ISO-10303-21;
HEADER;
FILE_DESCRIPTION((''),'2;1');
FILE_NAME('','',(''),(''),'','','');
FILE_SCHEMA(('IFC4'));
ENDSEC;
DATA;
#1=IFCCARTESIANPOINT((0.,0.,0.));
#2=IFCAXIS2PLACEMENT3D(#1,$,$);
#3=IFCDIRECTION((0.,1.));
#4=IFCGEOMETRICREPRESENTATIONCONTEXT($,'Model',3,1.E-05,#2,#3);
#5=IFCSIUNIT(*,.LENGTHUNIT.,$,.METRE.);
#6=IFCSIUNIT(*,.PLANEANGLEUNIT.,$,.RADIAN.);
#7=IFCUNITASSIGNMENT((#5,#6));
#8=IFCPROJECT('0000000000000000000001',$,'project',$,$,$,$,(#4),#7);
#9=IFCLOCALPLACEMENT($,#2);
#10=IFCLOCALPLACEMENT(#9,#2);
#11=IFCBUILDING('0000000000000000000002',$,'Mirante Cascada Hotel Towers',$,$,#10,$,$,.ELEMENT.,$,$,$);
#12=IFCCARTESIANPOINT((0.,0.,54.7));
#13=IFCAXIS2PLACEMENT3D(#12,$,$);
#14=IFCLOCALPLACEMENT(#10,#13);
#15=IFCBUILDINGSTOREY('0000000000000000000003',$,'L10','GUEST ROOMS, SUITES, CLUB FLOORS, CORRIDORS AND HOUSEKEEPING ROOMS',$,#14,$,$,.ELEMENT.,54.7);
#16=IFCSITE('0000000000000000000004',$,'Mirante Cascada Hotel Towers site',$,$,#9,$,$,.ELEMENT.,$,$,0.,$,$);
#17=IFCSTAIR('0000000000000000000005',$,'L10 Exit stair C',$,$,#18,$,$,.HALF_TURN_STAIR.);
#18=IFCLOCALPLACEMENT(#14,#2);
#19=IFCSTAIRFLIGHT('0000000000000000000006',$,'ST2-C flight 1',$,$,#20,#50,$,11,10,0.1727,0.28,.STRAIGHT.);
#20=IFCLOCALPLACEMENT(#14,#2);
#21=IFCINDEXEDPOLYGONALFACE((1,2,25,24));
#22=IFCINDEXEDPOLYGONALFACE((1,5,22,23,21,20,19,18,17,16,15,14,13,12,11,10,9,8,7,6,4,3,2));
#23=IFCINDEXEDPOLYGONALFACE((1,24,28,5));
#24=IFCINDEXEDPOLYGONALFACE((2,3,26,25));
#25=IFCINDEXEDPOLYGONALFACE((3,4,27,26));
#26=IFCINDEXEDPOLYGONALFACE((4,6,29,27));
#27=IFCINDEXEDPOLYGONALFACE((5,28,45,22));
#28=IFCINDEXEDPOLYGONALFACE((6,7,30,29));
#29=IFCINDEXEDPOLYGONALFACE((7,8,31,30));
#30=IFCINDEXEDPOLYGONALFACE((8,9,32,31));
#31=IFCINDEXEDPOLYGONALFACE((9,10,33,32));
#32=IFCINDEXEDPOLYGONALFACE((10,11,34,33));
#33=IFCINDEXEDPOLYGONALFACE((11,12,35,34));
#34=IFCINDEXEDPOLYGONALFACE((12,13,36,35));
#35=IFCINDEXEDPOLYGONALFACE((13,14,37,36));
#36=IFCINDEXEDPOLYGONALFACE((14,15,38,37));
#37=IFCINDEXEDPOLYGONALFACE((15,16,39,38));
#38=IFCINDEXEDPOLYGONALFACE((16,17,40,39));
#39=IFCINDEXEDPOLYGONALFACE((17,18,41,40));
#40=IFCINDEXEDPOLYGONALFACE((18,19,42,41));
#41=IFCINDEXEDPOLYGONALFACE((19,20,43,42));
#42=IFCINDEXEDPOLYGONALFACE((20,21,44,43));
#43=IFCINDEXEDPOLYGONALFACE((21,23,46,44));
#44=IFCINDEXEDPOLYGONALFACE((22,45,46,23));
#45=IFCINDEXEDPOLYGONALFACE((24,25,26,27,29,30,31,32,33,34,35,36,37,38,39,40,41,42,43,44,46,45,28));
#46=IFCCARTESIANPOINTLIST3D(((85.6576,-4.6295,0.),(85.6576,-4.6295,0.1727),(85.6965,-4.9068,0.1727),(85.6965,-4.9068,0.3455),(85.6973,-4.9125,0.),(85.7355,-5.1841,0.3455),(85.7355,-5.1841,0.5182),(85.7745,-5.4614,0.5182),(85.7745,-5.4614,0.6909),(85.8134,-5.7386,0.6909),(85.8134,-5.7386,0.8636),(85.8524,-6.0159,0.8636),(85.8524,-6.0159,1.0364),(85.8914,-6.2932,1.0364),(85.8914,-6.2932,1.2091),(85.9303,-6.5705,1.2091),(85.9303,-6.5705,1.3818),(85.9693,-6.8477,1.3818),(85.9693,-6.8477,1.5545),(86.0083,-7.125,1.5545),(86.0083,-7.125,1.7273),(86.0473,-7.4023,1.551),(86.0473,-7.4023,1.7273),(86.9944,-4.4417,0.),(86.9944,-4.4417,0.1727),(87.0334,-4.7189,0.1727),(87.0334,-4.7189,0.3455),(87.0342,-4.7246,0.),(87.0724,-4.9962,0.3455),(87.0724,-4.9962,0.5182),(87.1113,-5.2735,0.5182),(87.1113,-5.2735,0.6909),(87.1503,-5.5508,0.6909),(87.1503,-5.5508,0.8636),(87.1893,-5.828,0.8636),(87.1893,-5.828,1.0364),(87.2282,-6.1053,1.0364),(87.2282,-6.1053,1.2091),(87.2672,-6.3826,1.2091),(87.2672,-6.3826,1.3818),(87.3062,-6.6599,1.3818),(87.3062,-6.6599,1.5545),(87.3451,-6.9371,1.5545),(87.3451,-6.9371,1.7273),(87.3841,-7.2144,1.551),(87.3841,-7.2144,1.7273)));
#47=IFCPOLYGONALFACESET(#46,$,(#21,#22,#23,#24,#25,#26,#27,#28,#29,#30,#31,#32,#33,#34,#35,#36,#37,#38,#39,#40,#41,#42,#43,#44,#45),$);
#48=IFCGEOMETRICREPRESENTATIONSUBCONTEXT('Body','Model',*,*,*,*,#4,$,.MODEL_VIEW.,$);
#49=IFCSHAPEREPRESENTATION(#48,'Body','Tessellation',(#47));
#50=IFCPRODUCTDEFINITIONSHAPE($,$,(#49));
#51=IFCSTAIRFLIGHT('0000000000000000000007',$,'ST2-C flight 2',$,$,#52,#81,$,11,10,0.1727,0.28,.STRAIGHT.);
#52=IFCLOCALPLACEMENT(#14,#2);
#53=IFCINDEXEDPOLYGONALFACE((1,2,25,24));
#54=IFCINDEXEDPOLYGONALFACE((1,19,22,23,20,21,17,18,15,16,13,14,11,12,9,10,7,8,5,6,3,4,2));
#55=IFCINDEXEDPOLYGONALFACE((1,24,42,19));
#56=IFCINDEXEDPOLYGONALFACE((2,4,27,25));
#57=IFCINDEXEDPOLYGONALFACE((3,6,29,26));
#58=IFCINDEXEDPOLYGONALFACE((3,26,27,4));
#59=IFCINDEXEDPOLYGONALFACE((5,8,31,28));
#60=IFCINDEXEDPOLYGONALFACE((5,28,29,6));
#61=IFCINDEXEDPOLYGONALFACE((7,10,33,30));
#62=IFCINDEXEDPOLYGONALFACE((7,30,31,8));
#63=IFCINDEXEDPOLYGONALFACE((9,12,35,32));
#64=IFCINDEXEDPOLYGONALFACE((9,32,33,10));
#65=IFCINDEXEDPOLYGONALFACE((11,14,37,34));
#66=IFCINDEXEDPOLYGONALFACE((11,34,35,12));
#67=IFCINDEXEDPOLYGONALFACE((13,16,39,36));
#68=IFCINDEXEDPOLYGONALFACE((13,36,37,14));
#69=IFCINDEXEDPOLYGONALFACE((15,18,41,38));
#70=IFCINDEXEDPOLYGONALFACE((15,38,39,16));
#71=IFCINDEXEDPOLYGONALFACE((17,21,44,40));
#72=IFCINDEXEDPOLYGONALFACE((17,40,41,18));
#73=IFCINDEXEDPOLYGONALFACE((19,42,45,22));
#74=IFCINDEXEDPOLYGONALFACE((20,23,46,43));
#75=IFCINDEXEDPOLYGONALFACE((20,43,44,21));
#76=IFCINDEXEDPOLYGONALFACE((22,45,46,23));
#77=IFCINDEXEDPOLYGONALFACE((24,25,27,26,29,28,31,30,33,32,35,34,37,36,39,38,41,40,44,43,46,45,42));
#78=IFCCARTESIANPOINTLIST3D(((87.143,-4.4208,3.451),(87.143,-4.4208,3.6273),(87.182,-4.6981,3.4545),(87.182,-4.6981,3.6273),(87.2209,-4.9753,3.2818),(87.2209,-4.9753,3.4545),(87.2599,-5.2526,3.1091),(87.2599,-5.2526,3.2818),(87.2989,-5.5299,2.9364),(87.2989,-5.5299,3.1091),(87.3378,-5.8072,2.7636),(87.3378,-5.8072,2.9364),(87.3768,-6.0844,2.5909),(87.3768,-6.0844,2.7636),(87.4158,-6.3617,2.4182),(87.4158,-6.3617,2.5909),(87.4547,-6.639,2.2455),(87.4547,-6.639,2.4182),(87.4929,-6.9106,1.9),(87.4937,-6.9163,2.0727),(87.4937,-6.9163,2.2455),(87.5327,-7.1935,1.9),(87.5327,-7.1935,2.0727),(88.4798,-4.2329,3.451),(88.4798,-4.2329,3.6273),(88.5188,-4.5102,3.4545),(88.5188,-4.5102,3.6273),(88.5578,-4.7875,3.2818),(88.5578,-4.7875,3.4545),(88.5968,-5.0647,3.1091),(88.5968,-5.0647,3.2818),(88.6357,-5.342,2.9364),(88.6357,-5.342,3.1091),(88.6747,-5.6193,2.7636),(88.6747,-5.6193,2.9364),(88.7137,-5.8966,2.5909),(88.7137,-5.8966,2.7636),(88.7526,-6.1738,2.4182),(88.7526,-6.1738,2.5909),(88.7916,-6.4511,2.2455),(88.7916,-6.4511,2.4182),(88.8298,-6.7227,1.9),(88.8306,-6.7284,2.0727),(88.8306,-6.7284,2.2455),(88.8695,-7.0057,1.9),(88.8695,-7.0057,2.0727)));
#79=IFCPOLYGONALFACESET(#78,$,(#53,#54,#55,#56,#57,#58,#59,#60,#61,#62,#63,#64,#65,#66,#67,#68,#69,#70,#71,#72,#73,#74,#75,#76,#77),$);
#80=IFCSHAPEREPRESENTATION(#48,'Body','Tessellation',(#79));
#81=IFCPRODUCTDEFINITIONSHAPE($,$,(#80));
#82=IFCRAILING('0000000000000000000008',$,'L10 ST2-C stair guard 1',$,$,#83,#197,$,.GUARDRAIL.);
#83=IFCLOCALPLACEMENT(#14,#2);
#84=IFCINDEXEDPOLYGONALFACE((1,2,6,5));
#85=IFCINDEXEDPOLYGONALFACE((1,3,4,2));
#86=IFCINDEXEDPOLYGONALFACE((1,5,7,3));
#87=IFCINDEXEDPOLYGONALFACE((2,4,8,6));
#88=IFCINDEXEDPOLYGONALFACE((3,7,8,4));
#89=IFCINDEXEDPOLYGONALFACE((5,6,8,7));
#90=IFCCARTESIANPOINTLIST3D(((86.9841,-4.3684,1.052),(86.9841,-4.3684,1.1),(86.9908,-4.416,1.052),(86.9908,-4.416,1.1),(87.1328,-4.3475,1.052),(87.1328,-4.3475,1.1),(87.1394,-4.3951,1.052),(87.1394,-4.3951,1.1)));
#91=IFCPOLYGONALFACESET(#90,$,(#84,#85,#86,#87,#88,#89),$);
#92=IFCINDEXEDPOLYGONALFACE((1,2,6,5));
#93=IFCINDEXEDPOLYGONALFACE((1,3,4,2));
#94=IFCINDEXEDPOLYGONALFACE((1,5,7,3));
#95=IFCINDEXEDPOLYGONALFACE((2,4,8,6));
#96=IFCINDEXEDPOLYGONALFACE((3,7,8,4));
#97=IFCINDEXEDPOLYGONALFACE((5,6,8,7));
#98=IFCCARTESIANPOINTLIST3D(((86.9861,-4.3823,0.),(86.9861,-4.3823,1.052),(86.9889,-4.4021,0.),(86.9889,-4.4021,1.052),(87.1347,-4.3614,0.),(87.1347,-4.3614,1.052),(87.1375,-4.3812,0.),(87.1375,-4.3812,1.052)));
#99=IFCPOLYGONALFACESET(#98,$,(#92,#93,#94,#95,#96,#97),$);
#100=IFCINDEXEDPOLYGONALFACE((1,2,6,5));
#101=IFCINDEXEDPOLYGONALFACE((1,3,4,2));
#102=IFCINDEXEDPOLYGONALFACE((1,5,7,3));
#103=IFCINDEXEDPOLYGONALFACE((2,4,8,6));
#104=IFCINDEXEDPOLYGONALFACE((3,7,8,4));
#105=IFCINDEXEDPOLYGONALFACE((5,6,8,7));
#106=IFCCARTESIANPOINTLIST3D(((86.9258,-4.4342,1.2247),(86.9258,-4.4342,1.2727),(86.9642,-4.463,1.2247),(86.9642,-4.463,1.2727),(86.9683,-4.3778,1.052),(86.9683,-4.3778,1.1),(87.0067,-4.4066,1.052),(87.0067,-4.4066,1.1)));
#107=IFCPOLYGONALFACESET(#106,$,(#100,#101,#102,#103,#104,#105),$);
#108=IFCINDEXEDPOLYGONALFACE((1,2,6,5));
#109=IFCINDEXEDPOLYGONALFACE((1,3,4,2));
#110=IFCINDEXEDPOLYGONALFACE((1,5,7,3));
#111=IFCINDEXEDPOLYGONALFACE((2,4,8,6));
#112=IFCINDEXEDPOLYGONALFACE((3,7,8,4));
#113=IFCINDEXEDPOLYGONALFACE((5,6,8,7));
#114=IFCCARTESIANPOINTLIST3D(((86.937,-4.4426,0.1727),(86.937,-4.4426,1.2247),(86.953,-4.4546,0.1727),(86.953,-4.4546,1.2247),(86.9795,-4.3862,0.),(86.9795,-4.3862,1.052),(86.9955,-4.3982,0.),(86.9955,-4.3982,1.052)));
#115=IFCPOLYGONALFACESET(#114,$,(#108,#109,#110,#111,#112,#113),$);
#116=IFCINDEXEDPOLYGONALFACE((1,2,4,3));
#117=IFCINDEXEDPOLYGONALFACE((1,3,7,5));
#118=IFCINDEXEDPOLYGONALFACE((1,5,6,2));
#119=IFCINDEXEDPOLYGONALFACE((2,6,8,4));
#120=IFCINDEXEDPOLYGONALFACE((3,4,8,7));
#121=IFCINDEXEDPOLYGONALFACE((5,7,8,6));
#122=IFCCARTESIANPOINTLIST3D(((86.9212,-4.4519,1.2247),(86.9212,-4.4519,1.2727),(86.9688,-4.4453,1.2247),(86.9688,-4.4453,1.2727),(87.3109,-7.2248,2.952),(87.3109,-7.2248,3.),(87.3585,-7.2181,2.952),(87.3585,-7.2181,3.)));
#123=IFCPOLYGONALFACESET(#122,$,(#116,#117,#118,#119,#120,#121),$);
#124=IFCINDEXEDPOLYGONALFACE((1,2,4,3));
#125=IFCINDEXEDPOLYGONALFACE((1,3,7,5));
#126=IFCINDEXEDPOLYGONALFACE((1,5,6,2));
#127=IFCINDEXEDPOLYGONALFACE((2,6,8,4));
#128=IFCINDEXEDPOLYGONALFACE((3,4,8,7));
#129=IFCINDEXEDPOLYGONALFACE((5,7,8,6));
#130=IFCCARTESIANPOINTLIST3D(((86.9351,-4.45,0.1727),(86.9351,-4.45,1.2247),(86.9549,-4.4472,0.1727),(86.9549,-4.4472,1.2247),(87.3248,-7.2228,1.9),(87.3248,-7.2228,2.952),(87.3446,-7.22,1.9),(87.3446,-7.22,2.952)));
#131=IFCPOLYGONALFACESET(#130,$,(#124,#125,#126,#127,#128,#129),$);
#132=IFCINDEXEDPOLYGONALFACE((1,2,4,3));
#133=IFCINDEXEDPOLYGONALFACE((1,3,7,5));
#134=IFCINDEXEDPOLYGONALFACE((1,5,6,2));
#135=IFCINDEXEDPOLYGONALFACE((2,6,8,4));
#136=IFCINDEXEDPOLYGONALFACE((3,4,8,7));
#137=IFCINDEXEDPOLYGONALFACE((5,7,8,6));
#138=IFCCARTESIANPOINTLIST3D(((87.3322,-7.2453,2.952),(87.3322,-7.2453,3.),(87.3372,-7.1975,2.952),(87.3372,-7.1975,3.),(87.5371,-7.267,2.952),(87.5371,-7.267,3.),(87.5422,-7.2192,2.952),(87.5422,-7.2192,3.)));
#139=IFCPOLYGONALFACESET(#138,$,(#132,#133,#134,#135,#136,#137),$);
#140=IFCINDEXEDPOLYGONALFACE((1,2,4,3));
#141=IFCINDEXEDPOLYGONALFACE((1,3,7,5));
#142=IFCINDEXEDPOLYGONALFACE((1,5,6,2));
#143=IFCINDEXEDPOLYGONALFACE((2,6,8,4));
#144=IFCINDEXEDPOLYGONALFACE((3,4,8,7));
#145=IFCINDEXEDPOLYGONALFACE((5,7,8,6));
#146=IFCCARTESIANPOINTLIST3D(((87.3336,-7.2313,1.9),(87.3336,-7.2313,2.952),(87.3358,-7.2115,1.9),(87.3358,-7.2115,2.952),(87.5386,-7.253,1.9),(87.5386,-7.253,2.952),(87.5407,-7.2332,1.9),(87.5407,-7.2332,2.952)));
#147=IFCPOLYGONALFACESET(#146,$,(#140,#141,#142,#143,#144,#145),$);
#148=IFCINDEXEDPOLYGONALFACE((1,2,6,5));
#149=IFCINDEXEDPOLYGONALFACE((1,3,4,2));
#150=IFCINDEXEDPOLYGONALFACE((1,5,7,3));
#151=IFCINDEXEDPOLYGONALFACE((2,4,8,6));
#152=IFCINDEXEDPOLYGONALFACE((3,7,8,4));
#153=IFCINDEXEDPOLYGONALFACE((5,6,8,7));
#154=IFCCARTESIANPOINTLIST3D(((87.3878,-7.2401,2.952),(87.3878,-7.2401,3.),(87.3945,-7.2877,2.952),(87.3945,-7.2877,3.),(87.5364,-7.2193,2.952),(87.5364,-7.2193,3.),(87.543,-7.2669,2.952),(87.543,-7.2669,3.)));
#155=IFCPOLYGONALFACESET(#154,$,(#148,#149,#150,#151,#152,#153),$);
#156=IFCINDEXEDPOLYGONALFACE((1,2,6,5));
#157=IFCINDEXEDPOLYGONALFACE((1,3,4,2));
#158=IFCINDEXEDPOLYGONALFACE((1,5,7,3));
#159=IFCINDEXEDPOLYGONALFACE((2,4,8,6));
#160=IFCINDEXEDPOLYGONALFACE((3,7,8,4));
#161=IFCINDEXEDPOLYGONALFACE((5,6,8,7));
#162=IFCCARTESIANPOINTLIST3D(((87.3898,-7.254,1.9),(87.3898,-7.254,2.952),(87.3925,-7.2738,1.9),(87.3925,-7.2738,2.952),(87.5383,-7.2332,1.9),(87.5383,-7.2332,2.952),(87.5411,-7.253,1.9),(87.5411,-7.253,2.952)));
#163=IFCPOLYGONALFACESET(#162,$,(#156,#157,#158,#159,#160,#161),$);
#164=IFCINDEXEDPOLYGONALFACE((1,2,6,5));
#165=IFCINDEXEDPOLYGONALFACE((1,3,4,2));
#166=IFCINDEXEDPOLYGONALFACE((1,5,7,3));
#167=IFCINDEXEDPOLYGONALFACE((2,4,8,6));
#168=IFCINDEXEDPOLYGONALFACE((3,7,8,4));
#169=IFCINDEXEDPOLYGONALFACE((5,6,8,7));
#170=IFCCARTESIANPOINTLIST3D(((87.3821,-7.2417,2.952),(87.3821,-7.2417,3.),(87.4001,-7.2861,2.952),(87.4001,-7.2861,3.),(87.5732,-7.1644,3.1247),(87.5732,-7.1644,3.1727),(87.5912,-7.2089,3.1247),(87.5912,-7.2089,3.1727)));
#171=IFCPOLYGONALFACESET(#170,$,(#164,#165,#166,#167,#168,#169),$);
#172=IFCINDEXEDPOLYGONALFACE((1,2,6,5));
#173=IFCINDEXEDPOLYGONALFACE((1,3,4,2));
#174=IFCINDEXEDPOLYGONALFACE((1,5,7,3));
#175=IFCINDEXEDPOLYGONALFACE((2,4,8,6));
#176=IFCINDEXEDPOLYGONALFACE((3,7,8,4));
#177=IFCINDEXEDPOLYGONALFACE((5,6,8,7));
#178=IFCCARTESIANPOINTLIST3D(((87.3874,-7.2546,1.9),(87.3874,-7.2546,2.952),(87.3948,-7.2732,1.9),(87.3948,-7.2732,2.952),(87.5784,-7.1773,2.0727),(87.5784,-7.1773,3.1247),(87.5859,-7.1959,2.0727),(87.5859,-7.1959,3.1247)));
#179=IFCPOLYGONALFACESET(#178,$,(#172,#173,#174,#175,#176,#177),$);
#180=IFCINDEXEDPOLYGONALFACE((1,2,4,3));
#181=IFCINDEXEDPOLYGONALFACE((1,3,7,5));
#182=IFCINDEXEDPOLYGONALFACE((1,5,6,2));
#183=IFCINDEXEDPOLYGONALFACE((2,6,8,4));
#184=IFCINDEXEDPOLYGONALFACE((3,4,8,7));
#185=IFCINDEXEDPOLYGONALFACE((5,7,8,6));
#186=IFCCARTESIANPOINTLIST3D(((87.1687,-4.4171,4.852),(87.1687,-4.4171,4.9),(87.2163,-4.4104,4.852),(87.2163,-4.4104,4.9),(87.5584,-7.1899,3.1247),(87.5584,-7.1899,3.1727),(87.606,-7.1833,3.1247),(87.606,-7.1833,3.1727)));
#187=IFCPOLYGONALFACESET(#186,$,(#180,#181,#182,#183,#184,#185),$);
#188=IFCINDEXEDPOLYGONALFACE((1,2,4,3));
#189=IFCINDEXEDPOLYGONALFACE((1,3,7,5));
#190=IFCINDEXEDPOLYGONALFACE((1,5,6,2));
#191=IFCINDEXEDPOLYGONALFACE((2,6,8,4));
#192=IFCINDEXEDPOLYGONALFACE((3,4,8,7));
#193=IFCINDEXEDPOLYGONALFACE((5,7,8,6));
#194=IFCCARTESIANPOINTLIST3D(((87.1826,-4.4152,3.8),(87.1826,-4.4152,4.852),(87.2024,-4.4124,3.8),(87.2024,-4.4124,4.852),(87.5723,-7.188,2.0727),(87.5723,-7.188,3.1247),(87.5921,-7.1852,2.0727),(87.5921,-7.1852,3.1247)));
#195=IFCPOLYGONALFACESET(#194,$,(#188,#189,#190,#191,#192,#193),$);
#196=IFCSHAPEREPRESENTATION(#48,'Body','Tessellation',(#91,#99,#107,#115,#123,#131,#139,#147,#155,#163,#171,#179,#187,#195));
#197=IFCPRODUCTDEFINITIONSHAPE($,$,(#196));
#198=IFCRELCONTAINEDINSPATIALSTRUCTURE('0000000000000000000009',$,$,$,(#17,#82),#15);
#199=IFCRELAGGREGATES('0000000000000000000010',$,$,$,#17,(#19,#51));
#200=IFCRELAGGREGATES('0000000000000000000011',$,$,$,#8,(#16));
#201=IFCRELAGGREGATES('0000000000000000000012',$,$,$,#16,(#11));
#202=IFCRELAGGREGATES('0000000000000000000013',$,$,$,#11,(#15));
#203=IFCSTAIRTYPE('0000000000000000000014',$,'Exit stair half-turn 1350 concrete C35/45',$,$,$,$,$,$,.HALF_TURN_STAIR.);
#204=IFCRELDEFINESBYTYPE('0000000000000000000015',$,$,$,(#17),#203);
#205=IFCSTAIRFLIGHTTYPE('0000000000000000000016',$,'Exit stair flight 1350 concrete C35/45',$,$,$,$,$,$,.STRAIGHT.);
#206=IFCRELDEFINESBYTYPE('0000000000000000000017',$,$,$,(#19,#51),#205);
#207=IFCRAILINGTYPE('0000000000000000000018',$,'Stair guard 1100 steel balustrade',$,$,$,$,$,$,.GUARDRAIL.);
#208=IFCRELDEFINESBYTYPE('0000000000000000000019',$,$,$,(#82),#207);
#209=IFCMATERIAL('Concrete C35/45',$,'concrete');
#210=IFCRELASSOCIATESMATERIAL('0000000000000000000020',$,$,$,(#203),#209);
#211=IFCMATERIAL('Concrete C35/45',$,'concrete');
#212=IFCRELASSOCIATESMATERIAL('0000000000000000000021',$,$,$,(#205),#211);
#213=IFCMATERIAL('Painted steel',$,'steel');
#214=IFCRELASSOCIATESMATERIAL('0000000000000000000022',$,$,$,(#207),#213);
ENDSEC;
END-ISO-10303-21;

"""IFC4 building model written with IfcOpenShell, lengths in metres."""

from ifc_helpers import new_model, si_unit, direction, frame, origin, origin_2d, place, context, subcontext, project, spatial, polyline, rectangle, outline, extrude, material, type_object, element, aggregate, save


model = new_model("IFC4")

# Units and contexts
model_context = context("Model", 3, precision=1e-05, world=origin(), true_north=direction((0.0, 1.0)))
body_context = subcontext(model_context, "Body", "Model", "MODEL_VIEW")
ifc_project = project(units=[si_unit("LENGTHUNIT", "METRE"), si_unit("PLANEANGLEUNIT", "RADIAN")], contexts=[model_context])

# Site, building, storey
site_placement = place(None, origin())
site = spatial("IfcSite", under=ifc_project, at=site_placement, Name="Mirante Cascada Hotel Towers site", CompositionType="ELEMENT", RefElevation=0.0)
building_placement = place(site_placement, origin())
building = spatial("IfcBuilding", under=site, at=building_placement, Name="Mirante Cascada Hotel Towers", CompositionType="ELEMENT")
storey_placement = place(building_placement, frame((0.0, 0.0, 54.7)))
storey = spatial("IfcBuildingStorey", under=building, at=storey_placement, Name="L10", Description="GUEST ROOMS, SUITES, CLUB FLOORS, CORRIDORS AND HOUSEKEEPING ROOMS", CompositionType="ELEMENT", Elevation=54.7)

# Stair, stair flights
ifc_material_1 = material(Name="Concrete C35/45", Category="concrete")
stair_type = type_object("IfcStairType", Name="Exit stair half-turn 1350 concrete C35/45", PredefinedType="HALF_TURN_STAIR", material=ifc_material_1)
stair_placement = place(storey_placement, origin())
stair = element("IfcStair", 1, at=stair_placement, inside=storey, type_object=stair_type, Name="L10 Exit stair C", PredefinedType="HALF_TURN_STAIR")
ifc_material_2 = material(Name="Concrete C35/45", Category="concrete")
stair_flight_type = type_object("IfcStairFlightType", Name="Exit stair flight 1350 concrete C35/45", PredefinedType="STRAIGHT", material=ifc_material_2)
stair_flight_1_placement = place(storey_placement, frame((86.326, -4.5356, 0.0), z_axis=(0.0, 0.0, 1.0), x_axis=(0.139173, -0.990268, 0.0)))
stair_flight_1 = element("IfcStairFlight", 2, at=stair_flight_1_placement, type_object=stair_flight_type, Name="ST2-C flight 1", NumberOfRisers=11, NumberOfTreads=10, PredefinedType="STRAIGHT", RiserHeight=0.1727, TreadLength=0.28, context=body_context, shape_type="SweptSolid", body=[
    extrude(outline(polyline([(0.0, 0.0), (0.0, 0.1727), (0.28, 0.1727), (0.28, 0.3455), (0.56, 0.3455), (0.56, 0.5182), (0.84, 0.5182), (0.84, 0.6909), (1.12, 0.6909), (1.12, 0.8636), (1.4, 0.8636), (1.4, 1.0364), (1.68, 1.0364), (1.68, 1.2091), (1.96, 1.2091), (1.96, 1.3818), (2.24, 1.3818), (2.24, 1.5545), (2.52, 1.5545), (2.52, 1.7273), (2.8, 1.7273), (2.8, 1.9), (2.8, 1.551), (0.2857, 0.0), (0.0, 0.0)])), frame((0.0, 0.675, 0.0), z_axis=(0.0, -1.0, 0.0), x_axis=(1.0, 0.0, 0.0)), (0.0, 0.0, 1.0), 1.35),
])
stair_flight_2_placement = place(storey_placement, frame((88.2011, -7.0996, 1.9), z_axis=(0.0, 0.0, 1.0), x_axis=(-0.139173, 0.990268, 0.0)))
stair_flight_2 = element("IfcStairFlight", 3, at=stair_flight_2_placement, type_object=stair_flight_type, Name="ST2-C flight 2", NumberOfRisers=11, NumberOfTreads=10, PredefinedType="STRAIGHT", RiserHeight=0.1727, TreadLength=0.28, context=body_context, shape_type="SweptSolid", body=[
    extrude(outline(polyline([(0.0, 0.0), (0.0, 0.1727), (0.28, 0.1727), (0.28, 0.3455), (0.56, 0.3455), (0.56, 0.5182), (0.84, 0.5182), (0.84, 0.6909), (1.12, 0.6909), (1.12, 0.8636), (1.4, 0.8636), (1.4, 1.0364), (1.68, 1.0364), (1.68, 1.2091), (1.96, 1.2091), (1.96, 1.3818), (2.24, 1.3818), (2.24, 1.5545), (2.52, 1.5545), (2.52, 1.7273), (2.8, 1.7273), (2.8, 1.9), (2.8, 1.551), (0.2857, 0.0), (0.0, 0.0)])), frame((0.0, 0.675, 0.0), z_axis=(0.0, -1.0, 0.0), x_axis=(1.0, 0.0, 0.0)), (0.0, 0.0, 1.0), 1.35),
])
aggregate(stair, [stair_flight_1, stair_flight_2])

# Railing
ifc_material_3 = material(Name="Painted steel", Category="steel")
railing_type_1 = type_object("IfcRailingType", Name="Stair guard 1100 steel balustrade", PredefinedType="GUARDRAIL", material=ifc_material_3)
railing_1_placement = place(storey_placement, frame((87.1361, -4.3713, 0.0)))
element("IfcRailing", 4, at=railing_1_placement, inside=storey, type_object=railing_type_1, Name="L10 ST2-C stair guard 1", PredefinedType="GUARDRAIL", context=body_context, shape_type="SweptSolid", body=[
    extrude(rectangle(XDim=0.048, YDim=0.048, at=origin_2d()), frame((0.0, 0.0, 1.076), z_axis=(-0.990254, -0.139275, 0.0), x_axis=(0.139275, -0.990254, 0.0)), (0.0, 0.0, 1.0), 0.1501),
    extrude(rectangle(XDim=0.02, YDim=1.052, at=origin_2d()), frame((0.0, 0.0, 0.526), z_axis=(-0.990254, -0.139275, 0.0), x_axis=(0.139275, -0.990254, 0.0)), (0.0, 0.0, 1.0), 0.1501),
    extrude(rectangle(XDim=0.048, YDim=0.048, at=origin_2d()), frame((-0.1486, -0.0209, 1.076), z_axis=(-0.601811, -0.798639, 0.0), x_axis=(0.798639, -0.601811, 0.0)), (0.0, 0.925603, 0.378496), 0.1866),
    extrude(rectangle(XDim=0.02, YDim=1.052, at=origin_2d()), frame((-0.1486, -0.0209, 0.526), z_axis=(-0.601811, -0.798639, 0.0), x_axis=(0.798639, -0.601811, 0.0)), (0.0, 0.925603, 0.378496), 0.1866),
    extrude(rectangle(XDim=0.048, YDim=0.048, at=origin_2d()), frame((-0.1911, -0.0773, 1.2487), z_axis=(0.139176, -0.990268, 0.0), x_axis=(0.990268, 0.139176, 0.0)), (0.0, 0.525021, 0.851089), 3.29),
    extrude(rectangle(XDim=0.02, YDim=1.052, at=origin_2d()), frame((-0.1911, -0.0773, 0.6987), z_axis=(0.139176, -0.990268, 0.0), x_axis=(0.990268, 0.139176, 0.0)), (0.0, 0.525021, 0.851089), 3.29),
    extrude(rectangle(XDim=0.048, YDim=0.048, at=origin_2d()), frame((0.1986, -2.8501, 2.976), z_axis=(0.994444, -0.105266, 0.0), x_axis=(0.105266, 0.994444, 0.0)), (0.0, 0.0, 1.0), 0.2061),
    extrude(rectangle(XDim=0.02, YDim=1.052, at=origin_2d()), frame((0.1986, -2.8501, 2.426), z_axis=(0.994444, -0.105266, 0.0), x_axis=(0.105266, 0.994444, 0.0)), (0.0, 0.0, 1.0), 0.2061),
    extrude(rectangle(XDim=0.048, YDim=0.048, at=origin_2d()), frame((0.4036, -2.8718, 2.976), z_axis=(-0.990345, -0.138622, 0.0), x_axis=(0.138622, -0.990345, 0.0)), (0.0, 0.0, 1.0), 0.15),
    extrude(rectangle(XDim=0.02, YDim=1.052, at=origin_2d()), frame((0.4036, -2.8718, 2.426), z_axis=(-0.990345, -0.138622, 0.0), x_axis=(0.138622, -0.990345, 0.0)), (0.0, 0.0, 1.0), 0.15),
    extrude(rectangle(XDim=0.048, YDim=0.048, at=origin_2d()), frame((0.255, -2.8926, 2.976), z_axis=(0.927031, 0.374984, 0.0), x_axis=(-0.374984, 0.927031, 0.0)), (0.0, 0.64219, 0.766545), 0.2689),
    extrude(rectangle(XDim=0.02, YDim=1.052, at=origin_2d()), frame((0.255, -2.8926, 2.426), z_axis=(0.927031, 0.374984, 0.0), x_axis=(-0.374984, 0.927031, 0.0)), (0.0, 0.64219, 0.766545), 0.2689),
    extrude(rectangle(XDim=0.048, YDim=0.048, at=origin_2d()), frame((0.4461, -2.8153, 3.1487), z_axis=(-0.139176, 0.990268, 0.0), x_axis=(-0.990268, -0.139176, 0.0)), (0.0, 0.525021, 0.851089), 3.29),
    extrude(rectangle(XDim=0.02, YDim=1.052, at=origin_2d()), frame((0.4461, -2.8153, 2.5987), z_axis=(-0.139176, 0.990268, 0.0), x_axis=(-0.990268, -0.139176, 0.0)), (0.0, 0.525021, 0.851089), 3.29),
])

save(model, "model.ifc")
